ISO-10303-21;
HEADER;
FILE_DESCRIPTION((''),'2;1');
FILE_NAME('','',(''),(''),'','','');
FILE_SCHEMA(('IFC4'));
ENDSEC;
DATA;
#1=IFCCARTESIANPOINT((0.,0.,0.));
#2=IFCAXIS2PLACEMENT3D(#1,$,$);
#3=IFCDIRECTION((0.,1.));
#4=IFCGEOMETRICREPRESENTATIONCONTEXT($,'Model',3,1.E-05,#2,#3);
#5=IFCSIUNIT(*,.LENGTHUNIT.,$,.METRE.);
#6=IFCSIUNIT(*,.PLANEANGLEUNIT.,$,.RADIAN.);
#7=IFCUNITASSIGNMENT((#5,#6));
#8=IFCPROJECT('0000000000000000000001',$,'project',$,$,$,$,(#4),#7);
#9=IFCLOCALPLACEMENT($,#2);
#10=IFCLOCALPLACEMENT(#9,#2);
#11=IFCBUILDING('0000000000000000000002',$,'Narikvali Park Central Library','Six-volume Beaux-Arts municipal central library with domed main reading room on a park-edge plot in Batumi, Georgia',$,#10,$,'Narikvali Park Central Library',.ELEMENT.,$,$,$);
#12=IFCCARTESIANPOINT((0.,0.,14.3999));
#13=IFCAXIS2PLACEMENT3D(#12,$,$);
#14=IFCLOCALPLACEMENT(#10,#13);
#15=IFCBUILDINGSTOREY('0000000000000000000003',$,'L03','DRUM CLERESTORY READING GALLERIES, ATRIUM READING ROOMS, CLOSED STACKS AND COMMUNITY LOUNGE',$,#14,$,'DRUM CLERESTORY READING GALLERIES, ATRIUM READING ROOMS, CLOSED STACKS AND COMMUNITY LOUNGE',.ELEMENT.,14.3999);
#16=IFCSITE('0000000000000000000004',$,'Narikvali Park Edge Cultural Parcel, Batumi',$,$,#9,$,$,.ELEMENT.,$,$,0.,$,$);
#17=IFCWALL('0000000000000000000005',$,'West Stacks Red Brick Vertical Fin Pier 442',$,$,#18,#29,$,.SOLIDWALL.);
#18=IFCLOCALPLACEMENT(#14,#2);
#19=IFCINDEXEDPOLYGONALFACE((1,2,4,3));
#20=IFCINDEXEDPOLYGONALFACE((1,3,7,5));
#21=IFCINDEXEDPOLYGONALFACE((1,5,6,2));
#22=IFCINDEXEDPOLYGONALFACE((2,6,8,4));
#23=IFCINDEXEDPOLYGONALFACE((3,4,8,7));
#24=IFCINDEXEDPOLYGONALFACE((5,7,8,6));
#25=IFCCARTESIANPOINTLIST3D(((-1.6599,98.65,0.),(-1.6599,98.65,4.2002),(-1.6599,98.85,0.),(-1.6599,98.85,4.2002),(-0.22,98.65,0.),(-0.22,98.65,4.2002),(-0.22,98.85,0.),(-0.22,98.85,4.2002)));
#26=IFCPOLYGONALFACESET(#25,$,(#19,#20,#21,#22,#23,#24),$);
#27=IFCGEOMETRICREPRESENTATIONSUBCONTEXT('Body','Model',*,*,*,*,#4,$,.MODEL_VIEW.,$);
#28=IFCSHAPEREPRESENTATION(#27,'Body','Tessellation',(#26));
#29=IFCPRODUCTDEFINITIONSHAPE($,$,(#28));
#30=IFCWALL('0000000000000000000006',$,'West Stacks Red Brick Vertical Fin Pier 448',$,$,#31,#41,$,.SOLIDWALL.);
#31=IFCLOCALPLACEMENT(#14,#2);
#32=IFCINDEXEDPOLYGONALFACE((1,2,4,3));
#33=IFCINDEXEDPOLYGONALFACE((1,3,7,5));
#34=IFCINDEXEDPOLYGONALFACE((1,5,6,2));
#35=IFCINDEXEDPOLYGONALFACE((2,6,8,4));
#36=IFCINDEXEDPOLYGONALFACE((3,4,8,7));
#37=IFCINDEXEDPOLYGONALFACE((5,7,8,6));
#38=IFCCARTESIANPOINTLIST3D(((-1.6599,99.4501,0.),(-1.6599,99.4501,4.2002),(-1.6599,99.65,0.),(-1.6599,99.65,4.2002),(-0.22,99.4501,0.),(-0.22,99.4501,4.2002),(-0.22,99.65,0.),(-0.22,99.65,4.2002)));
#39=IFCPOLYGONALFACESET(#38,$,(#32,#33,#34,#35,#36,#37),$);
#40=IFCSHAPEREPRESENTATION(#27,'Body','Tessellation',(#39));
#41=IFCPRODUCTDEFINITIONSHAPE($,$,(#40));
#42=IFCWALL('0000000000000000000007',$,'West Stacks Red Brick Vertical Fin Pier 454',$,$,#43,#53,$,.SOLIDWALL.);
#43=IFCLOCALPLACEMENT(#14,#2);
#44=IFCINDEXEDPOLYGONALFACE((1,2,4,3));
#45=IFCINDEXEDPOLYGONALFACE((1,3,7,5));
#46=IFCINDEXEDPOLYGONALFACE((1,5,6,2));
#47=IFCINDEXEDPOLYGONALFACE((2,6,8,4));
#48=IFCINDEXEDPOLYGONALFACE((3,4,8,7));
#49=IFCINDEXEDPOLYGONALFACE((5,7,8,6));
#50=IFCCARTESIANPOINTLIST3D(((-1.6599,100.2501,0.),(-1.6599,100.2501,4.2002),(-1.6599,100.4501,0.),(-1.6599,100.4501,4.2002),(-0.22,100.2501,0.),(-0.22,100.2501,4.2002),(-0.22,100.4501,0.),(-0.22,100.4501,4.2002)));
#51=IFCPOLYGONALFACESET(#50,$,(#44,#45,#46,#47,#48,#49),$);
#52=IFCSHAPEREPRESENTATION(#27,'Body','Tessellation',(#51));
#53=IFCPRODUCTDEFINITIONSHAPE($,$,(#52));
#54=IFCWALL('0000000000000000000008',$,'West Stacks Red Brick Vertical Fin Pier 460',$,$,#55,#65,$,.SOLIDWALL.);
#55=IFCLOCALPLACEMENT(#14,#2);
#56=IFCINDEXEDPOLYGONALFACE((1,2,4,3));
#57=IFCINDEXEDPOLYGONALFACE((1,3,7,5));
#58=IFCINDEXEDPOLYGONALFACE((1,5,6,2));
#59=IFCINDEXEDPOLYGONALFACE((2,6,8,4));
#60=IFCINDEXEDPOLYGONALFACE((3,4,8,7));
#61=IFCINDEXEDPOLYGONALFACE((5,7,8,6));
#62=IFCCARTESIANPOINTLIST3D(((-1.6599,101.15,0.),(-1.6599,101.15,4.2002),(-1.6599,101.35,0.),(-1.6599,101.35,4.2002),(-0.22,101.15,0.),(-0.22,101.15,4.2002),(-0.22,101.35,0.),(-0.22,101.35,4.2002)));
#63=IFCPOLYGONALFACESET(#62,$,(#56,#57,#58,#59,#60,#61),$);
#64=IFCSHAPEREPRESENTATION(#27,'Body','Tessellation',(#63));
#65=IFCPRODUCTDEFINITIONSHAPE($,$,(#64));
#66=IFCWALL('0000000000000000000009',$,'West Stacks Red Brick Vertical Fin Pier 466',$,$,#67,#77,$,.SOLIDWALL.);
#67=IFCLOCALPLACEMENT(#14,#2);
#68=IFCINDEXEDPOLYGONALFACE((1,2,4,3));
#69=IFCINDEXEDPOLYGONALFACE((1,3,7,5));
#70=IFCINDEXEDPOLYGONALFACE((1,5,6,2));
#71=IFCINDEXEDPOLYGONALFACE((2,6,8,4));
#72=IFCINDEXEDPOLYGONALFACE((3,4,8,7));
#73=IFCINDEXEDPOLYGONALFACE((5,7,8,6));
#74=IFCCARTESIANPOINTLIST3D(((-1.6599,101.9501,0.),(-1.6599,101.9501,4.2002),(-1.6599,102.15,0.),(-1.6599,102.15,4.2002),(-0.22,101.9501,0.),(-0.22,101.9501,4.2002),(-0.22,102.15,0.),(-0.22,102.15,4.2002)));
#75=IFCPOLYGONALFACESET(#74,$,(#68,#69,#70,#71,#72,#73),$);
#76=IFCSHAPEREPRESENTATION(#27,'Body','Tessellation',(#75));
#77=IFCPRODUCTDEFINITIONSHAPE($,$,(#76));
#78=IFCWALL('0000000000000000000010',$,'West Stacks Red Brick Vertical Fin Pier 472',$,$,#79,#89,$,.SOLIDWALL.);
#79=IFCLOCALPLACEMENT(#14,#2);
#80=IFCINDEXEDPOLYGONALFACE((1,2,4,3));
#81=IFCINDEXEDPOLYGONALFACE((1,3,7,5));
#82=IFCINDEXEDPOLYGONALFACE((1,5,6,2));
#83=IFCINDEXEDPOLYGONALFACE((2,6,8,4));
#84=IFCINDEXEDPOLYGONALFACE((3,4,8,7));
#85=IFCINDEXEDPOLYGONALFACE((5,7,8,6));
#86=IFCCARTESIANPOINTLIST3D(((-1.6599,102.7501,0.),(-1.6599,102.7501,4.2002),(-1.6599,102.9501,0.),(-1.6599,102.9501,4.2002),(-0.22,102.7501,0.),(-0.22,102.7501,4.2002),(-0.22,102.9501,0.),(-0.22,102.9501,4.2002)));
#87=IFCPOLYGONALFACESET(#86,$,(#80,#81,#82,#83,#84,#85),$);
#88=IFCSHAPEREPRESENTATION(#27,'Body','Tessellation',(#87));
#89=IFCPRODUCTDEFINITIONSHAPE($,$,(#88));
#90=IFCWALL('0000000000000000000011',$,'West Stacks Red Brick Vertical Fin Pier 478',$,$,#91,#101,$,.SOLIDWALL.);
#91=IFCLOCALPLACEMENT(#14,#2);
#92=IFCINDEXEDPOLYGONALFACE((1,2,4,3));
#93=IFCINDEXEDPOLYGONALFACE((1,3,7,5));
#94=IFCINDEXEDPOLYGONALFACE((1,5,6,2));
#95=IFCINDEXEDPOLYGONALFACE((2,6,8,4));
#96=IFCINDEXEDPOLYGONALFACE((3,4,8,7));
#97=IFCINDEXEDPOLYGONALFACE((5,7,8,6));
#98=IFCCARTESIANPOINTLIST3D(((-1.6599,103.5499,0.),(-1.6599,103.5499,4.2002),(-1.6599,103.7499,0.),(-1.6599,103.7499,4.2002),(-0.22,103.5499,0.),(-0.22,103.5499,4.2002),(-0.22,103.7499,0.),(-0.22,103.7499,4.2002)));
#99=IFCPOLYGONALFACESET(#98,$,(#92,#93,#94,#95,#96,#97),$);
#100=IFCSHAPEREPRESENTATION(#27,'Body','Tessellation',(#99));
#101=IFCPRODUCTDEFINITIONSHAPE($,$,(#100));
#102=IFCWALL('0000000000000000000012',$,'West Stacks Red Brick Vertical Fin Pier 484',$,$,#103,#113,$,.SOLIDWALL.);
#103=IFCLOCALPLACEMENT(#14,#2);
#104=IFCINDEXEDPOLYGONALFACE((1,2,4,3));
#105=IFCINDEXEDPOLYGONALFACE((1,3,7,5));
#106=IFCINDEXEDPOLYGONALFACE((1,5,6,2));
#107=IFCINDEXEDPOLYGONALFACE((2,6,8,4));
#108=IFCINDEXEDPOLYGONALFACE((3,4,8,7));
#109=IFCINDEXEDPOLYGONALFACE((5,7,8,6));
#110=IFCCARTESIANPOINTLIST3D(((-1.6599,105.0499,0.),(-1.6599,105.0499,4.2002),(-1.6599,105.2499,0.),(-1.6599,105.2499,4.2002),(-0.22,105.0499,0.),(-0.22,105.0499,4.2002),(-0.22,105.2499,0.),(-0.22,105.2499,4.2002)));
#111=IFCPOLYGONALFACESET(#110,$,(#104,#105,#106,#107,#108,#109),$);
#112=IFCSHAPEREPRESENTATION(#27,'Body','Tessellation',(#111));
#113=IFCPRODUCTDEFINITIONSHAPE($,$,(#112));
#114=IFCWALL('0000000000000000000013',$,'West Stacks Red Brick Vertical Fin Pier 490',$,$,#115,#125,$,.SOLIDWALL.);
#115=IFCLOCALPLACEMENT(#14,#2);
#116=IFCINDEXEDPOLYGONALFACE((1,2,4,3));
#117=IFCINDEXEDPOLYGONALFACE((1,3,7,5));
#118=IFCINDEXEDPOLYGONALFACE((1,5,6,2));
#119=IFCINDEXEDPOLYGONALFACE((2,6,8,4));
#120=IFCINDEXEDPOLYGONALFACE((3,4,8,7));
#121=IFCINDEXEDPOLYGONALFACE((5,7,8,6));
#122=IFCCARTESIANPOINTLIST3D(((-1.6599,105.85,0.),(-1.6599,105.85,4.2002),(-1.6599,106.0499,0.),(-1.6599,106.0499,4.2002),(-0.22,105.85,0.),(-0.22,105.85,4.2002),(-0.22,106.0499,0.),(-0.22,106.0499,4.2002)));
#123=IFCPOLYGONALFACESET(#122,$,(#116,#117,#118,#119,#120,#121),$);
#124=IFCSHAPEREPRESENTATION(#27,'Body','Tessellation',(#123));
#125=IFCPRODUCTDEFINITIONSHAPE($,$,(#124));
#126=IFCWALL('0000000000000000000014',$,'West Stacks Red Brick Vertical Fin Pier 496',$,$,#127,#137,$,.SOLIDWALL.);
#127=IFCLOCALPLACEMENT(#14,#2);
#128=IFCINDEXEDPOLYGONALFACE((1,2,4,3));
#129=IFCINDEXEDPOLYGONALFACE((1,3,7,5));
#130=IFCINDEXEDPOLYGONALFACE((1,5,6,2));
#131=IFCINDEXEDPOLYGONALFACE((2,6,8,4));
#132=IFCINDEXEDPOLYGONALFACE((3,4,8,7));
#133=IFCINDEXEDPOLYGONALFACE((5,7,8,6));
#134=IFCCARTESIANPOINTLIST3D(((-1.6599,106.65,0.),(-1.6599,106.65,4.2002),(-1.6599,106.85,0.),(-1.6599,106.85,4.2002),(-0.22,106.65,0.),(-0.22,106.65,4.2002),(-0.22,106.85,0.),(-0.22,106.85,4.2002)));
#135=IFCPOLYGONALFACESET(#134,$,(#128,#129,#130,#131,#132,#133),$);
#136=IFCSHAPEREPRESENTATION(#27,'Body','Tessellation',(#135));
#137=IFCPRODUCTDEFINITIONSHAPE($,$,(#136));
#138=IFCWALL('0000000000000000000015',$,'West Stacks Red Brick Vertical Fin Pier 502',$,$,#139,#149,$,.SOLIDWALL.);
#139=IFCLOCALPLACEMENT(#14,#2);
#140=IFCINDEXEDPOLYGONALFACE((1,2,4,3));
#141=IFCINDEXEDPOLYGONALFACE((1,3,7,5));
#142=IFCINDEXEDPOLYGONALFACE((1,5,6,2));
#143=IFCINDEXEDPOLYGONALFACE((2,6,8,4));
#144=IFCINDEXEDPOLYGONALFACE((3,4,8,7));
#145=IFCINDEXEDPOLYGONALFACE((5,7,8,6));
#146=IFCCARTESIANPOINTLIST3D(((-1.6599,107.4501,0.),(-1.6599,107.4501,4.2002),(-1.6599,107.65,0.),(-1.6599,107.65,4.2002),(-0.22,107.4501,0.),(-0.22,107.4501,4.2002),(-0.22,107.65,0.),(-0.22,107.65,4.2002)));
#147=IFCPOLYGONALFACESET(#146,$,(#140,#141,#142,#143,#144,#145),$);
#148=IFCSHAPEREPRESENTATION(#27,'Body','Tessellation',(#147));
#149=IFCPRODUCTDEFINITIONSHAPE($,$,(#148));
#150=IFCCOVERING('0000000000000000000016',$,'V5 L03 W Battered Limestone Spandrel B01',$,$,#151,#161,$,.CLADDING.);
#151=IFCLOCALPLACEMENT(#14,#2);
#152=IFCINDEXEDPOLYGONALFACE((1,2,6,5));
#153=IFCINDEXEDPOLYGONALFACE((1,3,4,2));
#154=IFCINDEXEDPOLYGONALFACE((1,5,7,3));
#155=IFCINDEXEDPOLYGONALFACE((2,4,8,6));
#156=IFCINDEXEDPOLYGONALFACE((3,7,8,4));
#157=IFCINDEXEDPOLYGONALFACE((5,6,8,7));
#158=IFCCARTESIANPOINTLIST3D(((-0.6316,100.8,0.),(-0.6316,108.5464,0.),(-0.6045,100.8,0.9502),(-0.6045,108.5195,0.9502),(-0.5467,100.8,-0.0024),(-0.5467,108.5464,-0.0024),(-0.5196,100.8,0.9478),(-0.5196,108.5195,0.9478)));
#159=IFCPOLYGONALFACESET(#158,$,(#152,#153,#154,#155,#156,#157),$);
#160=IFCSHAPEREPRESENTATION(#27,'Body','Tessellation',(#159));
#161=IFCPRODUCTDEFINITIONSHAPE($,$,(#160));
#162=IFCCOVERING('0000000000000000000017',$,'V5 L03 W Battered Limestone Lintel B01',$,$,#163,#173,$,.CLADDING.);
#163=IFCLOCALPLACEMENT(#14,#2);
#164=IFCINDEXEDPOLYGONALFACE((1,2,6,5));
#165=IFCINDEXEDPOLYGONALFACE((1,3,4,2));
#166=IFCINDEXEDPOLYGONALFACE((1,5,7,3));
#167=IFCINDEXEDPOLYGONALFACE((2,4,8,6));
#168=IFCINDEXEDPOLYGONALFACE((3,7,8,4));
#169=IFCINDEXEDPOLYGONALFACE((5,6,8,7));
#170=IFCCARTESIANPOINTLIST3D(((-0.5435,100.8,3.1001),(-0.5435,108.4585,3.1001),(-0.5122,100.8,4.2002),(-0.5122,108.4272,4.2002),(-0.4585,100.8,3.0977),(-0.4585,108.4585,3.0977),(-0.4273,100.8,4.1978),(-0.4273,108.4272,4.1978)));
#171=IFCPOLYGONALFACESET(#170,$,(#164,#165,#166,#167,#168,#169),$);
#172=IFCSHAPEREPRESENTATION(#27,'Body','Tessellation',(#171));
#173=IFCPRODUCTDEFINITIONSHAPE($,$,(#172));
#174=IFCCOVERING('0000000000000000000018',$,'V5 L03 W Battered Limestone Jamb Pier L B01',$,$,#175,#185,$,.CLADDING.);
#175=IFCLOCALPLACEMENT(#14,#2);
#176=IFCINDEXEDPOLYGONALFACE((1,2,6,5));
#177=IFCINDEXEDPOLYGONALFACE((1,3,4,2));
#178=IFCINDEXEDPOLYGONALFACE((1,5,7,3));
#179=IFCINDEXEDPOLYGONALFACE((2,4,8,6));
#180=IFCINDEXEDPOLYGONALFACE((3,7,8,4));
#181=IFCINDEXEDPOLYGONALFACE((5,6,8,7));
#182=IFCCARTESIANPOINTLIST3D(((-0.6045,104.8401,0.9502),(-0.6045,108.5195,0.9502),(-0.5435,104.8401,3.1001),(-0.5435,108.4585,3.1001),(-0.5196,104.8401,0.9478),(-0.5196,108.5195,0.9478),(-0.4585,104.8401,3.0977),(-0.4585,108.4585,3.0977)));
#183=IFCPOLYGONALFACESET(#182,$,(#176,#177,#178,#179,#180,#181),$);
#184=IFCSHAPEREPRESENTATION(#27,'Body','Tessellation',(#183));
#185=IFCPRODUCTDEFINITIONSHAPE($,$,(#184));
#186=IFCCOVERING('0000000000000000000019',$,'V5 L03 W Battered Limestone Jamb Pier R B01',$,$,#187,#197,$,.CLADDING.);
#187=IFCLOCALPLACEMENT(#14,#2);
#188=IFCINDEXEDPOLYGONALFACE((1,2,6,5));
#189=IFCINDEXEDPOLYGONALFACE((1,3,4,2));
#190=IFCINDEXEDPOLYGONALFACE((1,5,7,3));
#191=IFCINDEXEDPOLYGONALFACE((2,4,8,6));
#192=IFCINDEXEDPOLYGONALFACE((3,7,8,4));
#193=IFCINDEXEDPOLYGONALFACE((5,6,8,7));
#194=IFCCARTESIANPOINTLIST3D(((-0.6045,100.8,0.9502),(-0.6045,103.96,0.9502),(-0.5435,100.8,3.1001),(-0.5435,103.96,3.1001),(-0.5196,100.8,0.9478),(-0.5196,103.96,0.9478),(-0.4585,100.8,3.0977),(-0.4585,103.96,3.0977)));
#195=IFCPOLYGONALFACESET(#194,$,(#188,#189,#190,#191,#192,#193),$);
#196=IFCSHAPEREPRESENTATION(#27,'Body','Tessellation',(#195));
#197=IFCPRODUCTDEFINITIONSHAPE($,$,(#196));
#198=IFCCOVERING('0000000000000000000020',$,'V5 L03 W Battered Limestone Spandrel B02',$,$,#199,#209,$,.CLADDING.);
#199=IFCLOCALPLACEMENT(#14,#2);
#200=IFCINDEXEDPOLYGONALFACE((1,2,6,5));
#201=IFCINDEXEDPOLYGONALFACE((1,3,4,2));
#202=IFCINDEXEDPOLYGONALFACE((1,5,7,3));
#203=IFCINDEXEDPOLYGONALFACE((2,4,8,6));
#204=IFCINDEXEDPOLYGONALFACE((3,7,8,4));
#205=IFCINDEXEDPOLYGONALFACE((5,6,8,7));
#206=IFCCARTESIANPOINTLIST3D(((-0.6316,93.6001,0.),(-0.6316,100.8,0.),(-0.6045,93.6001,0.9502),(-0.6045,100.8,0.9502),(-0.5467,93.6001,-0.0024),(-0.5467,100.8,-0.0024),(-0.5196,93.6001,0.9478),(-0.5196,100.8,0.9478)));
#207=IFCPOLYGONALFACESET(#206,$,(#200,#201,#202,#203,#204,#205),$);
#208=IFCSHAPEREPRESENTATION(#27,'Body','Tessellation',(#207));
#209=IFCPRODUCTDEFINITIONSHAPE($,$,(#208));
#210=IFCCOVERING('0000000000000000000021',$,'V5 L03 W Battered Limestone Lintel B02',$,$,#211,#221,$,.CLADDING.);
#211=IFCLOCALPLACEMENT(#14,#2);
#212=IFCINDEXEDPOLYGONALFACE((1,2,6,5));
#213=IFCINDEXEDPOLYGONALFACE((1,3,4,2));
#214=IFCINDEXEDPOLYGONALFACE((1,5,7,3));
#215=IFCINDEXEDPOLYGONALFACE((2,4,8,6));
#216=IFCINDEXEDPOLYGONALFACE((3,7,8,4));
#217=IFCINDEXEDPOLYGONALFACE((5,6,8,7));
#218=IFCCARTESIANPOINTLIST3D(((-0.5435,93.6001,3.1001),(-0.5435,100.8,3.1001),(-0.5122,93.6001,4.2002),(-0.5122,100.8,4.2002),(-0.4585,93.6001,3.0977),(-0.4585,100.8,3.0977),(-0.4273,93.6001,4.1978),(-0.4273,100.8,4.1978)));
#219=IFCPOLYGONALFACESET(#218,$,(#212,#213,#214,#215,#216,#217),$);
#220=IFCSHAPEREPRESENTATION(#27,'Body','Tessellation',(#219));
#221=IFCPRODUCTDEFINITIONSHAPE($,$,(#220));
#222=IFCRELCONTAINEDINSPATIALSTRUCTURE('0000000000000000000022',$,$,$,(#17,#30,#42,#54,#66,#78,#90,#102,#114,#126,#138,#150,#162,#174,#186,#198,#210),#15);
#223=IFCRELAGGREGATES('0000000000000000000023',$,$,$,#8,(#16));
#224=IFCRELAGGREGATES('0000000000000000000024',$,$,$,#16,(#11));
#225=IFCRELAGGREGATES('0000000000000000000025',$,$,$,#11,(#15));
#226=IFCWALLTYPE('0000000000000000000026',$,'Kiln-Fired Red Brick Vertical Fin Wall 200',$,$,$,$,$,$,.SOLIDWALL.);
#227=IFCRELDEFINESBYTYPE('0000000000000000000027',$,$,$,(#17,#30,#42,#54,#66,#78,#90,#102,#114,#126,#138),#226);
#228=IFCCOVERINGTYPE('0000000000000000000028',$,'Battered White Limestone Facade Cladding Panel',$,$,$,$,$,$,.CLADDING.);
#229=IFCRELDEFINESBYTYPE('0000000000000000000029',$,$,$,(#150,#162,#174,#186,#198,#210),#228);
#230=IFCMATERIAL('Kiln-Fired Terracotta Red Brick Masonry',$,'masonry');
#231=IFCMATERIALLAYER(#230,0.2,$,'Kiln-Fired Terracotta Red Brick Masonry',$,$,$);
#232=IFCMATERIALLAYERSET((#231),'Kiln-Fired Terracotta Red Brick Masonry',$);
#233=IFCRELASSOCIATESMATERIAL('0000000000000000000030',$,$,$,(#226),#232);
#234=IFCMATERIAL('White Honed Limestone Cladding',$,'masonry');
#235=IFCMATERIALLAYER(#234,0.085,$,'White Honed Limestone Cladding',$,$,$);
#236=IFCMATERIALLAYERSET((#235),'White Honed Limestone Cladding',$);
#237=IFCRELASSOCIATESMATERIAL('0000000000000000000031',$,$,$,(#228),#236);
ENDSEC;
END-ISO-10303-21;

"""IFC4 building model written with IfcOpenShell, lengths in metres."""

from ifc_helpers import new_model, si_unit, direction, frame, frame_2d, origin, place, context, subcontext, project, spatial, polyline, rectangle, outline, extrude, material, layer, layer_set, type_object, element, save


model = new_model("IFC4")

# Units and contexts
model_context = context("Model", 3, precision=1e-05, world=origin(), true_north=direction((0.0, 1.0)))
body_context = subcontext(model_context, "Body", "Model", "MODEL_VIEW")
ifc_project = project(units=[si_unit("LENGTHUNIT", "METRE"), si_unit("PLANEANGLEUNIT", "RADIAN")], contexts=[model_context])

# Site, building, storey
site_placement = place(None, origin())
site = spatial("IfcSite", under=ifc_project, at=site_placement, Name="Narikvali Park Edge Cultural Parcel, Batumi", CompositionType="ELEMENT", RefElevation=0.0)
building_placement = place(site_placement, origin())
building = spatial("IfcBuilding", under=site, at=building_placement, Name="Narikvali Park Central Library", Description="Six-volume Beaux-Arts municipal central library with domed main reading room on a park-edge plot in Batumi, Georgia", LongName="Narikvali Park Central Library", CompositionType="ELEMENT")
storey_placement = place(building_placement, frame((0.0, 0.0, 14.3999)))
storey = spatial("IfcBuildingStorey", under=building, at=storey_placement, Name="L03", Description="DRUM CLERESTORY READING GALLERIES, ATRIUM READING ROOMS, CLOSED STACKS AND COMMUNITY LOUNGE", LongName="DRUM CLERESTORY READING GALLERIES, ATRIUM READING ROOMS, CLOSED STACKS AND COMMUNITY LOUNGE", CompositionType="ELEMENT", Elevation=14.3999)

# Walls
ifc_material_1 = material(Name="Kiln-Fired Terracotta Red Brick Masonry", Category="masonry")
ifc_layer_1 = layer(ifc_material_1, 0.2, Name="Kiln-Fired Terracotta Red Brick Masonry")
ifc_layer_set_1 = layer_set([ifc_layer_1], Name="Kiln-Fired Terracotta Red Brick Masonry")
wall_type = type_object("IfcWallType", Name="Kiln-Fired Red Brick Vertical Fin Wall 200", PredefinedType="SOLIDWALL", material=ifc_layer_set_1)
for number, where, z_axis, x_axis, name in (
    (1, (-1.6599, 98.75, 0.0), (0.0, 0.0, 1.0), (1.0, 0.0, 0.0), "West Stacks Red Brick Vertical Fin Pier 442"),
    (2, (-1.6599, 99.55, 0.0), (0.0, 0.0, 1.0), (1.0, 0.0, 0.0), "West Stacks Red Brick Vertical Fin Pier 448"),
    (3, (-1.6599, 100.3501, 0.0), (0.0, 0.0, 1.0), (1.0, 0.0, 0.0), "West Stacks Red Brick Vertical Fin Pier 454"),
    (4, (-1.6599, 101.25, 0.0), (0.0, 0.0, 1.0), (1.0, 0.0, 0.0), "West Stacks Red Brick Vertical Fin Pier 460"),
    (5, (-1.6599, 102.05, 0.0), (0.0, 0.0, 1.0), (1.0, 0.0, 0.0), "West Stacks Red Brick Vertical Fin Pier 466"),
    (6, (-1.6599, 102.8501, 0.0), (0.0, 0.0, 1.0), (1.0, 0.0, 0.0), "West Stacks Red Brick Vertical Fin Pier 472"),
    (7, (-1.6599, 103.6499, 0.0), (0.0, 0.0, 1.0), (1.0, 0.0, 0.0), "West Stacks Red Brick Vertical Fin Pier 478"),
    (8, (-1.6599, 105.1499, 0.0), (0.0, 0.0, 1.0), (1.0, 0.0, 0.0), "West Stacks Red Brick Vertical Fin Pier 484"),
    (9, (-1.6599, 105.95, 0.0), (0.0, 0.0, 1.0), (1.0, 0.0, 0.0), "West Stacks Red Brick Vertical Fin Pier 490"),
    (10, (-1.6599, 106.75, 0.0), (0.0, 0.0, 1.0), (1.0, 0.0, 0.0), "West Stacks Red Brick Vertical Fin Pier 496"),
    (11, (-1.6599, 107.55, 0.0), (0.0, 0.0, 1.0), (1.0, 0.0, 0.0), "West Stacks Red Brick Vertical Fin Pier 502"),
):
    element("IfcWall", number, at=place(storey_placement, frame(where, z_axis=z_axis, x_axis=x_axis)), inside=storey, type_object=wall_type, Name=name, PredefinedType="SOLIDWALL", context=body_context, shape_type="SweptSolid", body=[
        extrude(rectangle(XDim=1.4399, YDim=0.2, at=frame_2d((0.72, 0.0))), origin(), (0.0, 0.0, 1.0), 4.2002),
    ])

# Coverings
ifc_material_2 = material(Name="White Honed Limestone Cladding", Category="masonry")
ifc_layer_2 = layer(ifc_material_2, 0.085, Name="White Honed Limestone Cladding")
ifc_layer_set_2 = layer_set([ifc_layer_2], Name="White Honed Limestone Cladding")
covering_type = type_object("IfcCoveringType", Name="Battered White Limestone Facade Cladding Panel", PredefinedType="CLADDING", material=ifc_layer_set_2)
covering_1_placement = place(storey_placement, frame((-0.6316, 108.5464, 0.0), z_axis=(-0.999594, 0.0, 0.028508), x_axis=(0.0, -1.0, 0.0)))
element("IfcCovering", 12, at=covering_1_placement, inside=storey, type_object=covering_type, Name="V5 L03 W Battered Limestone Spandrel B01", PredefinedType="CLADDING", context=body_context, shape_type="SweptSolid", body=[
    extrude(outline(polyline([(0.0, 0.0), (7.7463, 0.0), (7.7463, 0.9506), (0.0269, 0.9506), (0.0, 0.0)])), origin(), (0.0, 0.0, -1.0), 0.085),
])
covering_2_placement = place(storey_placement, frame((-0.5435, 108.4585, 3.1001), z_axis=(-0.999597, 0.0, 0.028395), x_axis=(0.0, -1.0, 0.0)))
element("IfcCovering", 13, at=covering_2_placement, inside=storey, type_object=covering_type, Name="V5 L03 W Battered Limestone Lintel B01", PredefinedType="CLADDING", context=body_context, shape_type="SweptSolid", body=[
    extrude(outline(polyline([(0.0, 0.0), (7.6584, 0.0), (7.6584, 1.1005), (0.0312, 1.1005), (0.0, 0.0)])), origin(), (0.0, 0.0, -1.0), 0.085),
])
covering_3_placement = place(storey_placement, frame((-0.6045, 108.5195, 0.9502), z_axis=(-0.999597, 0.0, 0.028378), x_axis=(0.0, -1.0, 0.0)))
element("IfcCovering", 14, at=covering_3_placement, inside=storey, type_object=covering_type, Name="V5 L03 W Battered Limestone Jamb Pier L B01", PredefinedType="CLADDING", context=body_context, shape_type="SweptSolid", body=[
    extrude(outline(polyline([(0.0, 0.0), (3.6794, 0.0), (3.6794, 2.1508), (0.061, 2.1508), (0.0, 0.0)])), origin(), (0.0, 0.0, -1.0), 0.085),
])
covering_4_placement = place(storey_placement, frame((-0.6045, 103.96, 0.9502), z_axis=(-0.999597, 0.0, 0.028378), x_axis=(0.0, -1.0, 0.0)))
element("IfcCovering", 15, at=covering_4_placement, inside=storey, type_object=covering_type, Name="V5 L03 W Battered Limestone Jamb Pier R B01", PredefinedType="CLADDING", context=body_context, shape_type="SweptSolid", body=[
    extrude(outline(polyline([(0.0, 0.0), (3.1599, 0.0), (3.1599, 2.1508), (0.0, 2.1508), (0.0, 0.0)])), origin(), (0.0, 0.0, -1.0), 0.085),
])
covering_5_placement = place(storey_placement, frame((-0.6316, 100.8, 0.0), z_axis=(-0.999594, 0.0, 0.028508), x_axis=(0.0, -1.0, 0.0)))
element("IfcCovering", 16, at=covering_5_placement, inside=storey, type_object=covering_type, Name="V5 L03 W Battered Limestone Spandrel B02", PredefinedType="CLADDING", context=body_context, shape_type="SweptSolid", body=[
    extrude(outline(polyline([(0.0, 0.0), (7.2, 0.0), (7.2, 0.9506), (0.0, 0.9506), (0.0, 0.0)])), origin(), (0.0, 0.0, -1.0), 0.085),
])
covering_6_placement = place(storey_placement, frame((-0.5435, 100.8, 3.1001), z_axis=(-0.999597, 0.0, 0.028395), x_axis=(0.0, -1.0, 0.0)))
element("IfcCovering", 17, at=covering_6_placement, inside=storey, type_object=covering_type, Name="V5 L03 W Battered Limestone Lintel B02", PredefinedType="CLADDING", context=body_context, shape_type="SweptSolid", body=[
    extrude(outline(polyline([(0.0, 0.0), (7.2, 0.0), (7.2, 1.1005), (0.0, 1.1005), (0.0, 0.0)])), origin(), (0.0, 0.0, -1.0), 0.085),
])

save(model, "model.ifc")
